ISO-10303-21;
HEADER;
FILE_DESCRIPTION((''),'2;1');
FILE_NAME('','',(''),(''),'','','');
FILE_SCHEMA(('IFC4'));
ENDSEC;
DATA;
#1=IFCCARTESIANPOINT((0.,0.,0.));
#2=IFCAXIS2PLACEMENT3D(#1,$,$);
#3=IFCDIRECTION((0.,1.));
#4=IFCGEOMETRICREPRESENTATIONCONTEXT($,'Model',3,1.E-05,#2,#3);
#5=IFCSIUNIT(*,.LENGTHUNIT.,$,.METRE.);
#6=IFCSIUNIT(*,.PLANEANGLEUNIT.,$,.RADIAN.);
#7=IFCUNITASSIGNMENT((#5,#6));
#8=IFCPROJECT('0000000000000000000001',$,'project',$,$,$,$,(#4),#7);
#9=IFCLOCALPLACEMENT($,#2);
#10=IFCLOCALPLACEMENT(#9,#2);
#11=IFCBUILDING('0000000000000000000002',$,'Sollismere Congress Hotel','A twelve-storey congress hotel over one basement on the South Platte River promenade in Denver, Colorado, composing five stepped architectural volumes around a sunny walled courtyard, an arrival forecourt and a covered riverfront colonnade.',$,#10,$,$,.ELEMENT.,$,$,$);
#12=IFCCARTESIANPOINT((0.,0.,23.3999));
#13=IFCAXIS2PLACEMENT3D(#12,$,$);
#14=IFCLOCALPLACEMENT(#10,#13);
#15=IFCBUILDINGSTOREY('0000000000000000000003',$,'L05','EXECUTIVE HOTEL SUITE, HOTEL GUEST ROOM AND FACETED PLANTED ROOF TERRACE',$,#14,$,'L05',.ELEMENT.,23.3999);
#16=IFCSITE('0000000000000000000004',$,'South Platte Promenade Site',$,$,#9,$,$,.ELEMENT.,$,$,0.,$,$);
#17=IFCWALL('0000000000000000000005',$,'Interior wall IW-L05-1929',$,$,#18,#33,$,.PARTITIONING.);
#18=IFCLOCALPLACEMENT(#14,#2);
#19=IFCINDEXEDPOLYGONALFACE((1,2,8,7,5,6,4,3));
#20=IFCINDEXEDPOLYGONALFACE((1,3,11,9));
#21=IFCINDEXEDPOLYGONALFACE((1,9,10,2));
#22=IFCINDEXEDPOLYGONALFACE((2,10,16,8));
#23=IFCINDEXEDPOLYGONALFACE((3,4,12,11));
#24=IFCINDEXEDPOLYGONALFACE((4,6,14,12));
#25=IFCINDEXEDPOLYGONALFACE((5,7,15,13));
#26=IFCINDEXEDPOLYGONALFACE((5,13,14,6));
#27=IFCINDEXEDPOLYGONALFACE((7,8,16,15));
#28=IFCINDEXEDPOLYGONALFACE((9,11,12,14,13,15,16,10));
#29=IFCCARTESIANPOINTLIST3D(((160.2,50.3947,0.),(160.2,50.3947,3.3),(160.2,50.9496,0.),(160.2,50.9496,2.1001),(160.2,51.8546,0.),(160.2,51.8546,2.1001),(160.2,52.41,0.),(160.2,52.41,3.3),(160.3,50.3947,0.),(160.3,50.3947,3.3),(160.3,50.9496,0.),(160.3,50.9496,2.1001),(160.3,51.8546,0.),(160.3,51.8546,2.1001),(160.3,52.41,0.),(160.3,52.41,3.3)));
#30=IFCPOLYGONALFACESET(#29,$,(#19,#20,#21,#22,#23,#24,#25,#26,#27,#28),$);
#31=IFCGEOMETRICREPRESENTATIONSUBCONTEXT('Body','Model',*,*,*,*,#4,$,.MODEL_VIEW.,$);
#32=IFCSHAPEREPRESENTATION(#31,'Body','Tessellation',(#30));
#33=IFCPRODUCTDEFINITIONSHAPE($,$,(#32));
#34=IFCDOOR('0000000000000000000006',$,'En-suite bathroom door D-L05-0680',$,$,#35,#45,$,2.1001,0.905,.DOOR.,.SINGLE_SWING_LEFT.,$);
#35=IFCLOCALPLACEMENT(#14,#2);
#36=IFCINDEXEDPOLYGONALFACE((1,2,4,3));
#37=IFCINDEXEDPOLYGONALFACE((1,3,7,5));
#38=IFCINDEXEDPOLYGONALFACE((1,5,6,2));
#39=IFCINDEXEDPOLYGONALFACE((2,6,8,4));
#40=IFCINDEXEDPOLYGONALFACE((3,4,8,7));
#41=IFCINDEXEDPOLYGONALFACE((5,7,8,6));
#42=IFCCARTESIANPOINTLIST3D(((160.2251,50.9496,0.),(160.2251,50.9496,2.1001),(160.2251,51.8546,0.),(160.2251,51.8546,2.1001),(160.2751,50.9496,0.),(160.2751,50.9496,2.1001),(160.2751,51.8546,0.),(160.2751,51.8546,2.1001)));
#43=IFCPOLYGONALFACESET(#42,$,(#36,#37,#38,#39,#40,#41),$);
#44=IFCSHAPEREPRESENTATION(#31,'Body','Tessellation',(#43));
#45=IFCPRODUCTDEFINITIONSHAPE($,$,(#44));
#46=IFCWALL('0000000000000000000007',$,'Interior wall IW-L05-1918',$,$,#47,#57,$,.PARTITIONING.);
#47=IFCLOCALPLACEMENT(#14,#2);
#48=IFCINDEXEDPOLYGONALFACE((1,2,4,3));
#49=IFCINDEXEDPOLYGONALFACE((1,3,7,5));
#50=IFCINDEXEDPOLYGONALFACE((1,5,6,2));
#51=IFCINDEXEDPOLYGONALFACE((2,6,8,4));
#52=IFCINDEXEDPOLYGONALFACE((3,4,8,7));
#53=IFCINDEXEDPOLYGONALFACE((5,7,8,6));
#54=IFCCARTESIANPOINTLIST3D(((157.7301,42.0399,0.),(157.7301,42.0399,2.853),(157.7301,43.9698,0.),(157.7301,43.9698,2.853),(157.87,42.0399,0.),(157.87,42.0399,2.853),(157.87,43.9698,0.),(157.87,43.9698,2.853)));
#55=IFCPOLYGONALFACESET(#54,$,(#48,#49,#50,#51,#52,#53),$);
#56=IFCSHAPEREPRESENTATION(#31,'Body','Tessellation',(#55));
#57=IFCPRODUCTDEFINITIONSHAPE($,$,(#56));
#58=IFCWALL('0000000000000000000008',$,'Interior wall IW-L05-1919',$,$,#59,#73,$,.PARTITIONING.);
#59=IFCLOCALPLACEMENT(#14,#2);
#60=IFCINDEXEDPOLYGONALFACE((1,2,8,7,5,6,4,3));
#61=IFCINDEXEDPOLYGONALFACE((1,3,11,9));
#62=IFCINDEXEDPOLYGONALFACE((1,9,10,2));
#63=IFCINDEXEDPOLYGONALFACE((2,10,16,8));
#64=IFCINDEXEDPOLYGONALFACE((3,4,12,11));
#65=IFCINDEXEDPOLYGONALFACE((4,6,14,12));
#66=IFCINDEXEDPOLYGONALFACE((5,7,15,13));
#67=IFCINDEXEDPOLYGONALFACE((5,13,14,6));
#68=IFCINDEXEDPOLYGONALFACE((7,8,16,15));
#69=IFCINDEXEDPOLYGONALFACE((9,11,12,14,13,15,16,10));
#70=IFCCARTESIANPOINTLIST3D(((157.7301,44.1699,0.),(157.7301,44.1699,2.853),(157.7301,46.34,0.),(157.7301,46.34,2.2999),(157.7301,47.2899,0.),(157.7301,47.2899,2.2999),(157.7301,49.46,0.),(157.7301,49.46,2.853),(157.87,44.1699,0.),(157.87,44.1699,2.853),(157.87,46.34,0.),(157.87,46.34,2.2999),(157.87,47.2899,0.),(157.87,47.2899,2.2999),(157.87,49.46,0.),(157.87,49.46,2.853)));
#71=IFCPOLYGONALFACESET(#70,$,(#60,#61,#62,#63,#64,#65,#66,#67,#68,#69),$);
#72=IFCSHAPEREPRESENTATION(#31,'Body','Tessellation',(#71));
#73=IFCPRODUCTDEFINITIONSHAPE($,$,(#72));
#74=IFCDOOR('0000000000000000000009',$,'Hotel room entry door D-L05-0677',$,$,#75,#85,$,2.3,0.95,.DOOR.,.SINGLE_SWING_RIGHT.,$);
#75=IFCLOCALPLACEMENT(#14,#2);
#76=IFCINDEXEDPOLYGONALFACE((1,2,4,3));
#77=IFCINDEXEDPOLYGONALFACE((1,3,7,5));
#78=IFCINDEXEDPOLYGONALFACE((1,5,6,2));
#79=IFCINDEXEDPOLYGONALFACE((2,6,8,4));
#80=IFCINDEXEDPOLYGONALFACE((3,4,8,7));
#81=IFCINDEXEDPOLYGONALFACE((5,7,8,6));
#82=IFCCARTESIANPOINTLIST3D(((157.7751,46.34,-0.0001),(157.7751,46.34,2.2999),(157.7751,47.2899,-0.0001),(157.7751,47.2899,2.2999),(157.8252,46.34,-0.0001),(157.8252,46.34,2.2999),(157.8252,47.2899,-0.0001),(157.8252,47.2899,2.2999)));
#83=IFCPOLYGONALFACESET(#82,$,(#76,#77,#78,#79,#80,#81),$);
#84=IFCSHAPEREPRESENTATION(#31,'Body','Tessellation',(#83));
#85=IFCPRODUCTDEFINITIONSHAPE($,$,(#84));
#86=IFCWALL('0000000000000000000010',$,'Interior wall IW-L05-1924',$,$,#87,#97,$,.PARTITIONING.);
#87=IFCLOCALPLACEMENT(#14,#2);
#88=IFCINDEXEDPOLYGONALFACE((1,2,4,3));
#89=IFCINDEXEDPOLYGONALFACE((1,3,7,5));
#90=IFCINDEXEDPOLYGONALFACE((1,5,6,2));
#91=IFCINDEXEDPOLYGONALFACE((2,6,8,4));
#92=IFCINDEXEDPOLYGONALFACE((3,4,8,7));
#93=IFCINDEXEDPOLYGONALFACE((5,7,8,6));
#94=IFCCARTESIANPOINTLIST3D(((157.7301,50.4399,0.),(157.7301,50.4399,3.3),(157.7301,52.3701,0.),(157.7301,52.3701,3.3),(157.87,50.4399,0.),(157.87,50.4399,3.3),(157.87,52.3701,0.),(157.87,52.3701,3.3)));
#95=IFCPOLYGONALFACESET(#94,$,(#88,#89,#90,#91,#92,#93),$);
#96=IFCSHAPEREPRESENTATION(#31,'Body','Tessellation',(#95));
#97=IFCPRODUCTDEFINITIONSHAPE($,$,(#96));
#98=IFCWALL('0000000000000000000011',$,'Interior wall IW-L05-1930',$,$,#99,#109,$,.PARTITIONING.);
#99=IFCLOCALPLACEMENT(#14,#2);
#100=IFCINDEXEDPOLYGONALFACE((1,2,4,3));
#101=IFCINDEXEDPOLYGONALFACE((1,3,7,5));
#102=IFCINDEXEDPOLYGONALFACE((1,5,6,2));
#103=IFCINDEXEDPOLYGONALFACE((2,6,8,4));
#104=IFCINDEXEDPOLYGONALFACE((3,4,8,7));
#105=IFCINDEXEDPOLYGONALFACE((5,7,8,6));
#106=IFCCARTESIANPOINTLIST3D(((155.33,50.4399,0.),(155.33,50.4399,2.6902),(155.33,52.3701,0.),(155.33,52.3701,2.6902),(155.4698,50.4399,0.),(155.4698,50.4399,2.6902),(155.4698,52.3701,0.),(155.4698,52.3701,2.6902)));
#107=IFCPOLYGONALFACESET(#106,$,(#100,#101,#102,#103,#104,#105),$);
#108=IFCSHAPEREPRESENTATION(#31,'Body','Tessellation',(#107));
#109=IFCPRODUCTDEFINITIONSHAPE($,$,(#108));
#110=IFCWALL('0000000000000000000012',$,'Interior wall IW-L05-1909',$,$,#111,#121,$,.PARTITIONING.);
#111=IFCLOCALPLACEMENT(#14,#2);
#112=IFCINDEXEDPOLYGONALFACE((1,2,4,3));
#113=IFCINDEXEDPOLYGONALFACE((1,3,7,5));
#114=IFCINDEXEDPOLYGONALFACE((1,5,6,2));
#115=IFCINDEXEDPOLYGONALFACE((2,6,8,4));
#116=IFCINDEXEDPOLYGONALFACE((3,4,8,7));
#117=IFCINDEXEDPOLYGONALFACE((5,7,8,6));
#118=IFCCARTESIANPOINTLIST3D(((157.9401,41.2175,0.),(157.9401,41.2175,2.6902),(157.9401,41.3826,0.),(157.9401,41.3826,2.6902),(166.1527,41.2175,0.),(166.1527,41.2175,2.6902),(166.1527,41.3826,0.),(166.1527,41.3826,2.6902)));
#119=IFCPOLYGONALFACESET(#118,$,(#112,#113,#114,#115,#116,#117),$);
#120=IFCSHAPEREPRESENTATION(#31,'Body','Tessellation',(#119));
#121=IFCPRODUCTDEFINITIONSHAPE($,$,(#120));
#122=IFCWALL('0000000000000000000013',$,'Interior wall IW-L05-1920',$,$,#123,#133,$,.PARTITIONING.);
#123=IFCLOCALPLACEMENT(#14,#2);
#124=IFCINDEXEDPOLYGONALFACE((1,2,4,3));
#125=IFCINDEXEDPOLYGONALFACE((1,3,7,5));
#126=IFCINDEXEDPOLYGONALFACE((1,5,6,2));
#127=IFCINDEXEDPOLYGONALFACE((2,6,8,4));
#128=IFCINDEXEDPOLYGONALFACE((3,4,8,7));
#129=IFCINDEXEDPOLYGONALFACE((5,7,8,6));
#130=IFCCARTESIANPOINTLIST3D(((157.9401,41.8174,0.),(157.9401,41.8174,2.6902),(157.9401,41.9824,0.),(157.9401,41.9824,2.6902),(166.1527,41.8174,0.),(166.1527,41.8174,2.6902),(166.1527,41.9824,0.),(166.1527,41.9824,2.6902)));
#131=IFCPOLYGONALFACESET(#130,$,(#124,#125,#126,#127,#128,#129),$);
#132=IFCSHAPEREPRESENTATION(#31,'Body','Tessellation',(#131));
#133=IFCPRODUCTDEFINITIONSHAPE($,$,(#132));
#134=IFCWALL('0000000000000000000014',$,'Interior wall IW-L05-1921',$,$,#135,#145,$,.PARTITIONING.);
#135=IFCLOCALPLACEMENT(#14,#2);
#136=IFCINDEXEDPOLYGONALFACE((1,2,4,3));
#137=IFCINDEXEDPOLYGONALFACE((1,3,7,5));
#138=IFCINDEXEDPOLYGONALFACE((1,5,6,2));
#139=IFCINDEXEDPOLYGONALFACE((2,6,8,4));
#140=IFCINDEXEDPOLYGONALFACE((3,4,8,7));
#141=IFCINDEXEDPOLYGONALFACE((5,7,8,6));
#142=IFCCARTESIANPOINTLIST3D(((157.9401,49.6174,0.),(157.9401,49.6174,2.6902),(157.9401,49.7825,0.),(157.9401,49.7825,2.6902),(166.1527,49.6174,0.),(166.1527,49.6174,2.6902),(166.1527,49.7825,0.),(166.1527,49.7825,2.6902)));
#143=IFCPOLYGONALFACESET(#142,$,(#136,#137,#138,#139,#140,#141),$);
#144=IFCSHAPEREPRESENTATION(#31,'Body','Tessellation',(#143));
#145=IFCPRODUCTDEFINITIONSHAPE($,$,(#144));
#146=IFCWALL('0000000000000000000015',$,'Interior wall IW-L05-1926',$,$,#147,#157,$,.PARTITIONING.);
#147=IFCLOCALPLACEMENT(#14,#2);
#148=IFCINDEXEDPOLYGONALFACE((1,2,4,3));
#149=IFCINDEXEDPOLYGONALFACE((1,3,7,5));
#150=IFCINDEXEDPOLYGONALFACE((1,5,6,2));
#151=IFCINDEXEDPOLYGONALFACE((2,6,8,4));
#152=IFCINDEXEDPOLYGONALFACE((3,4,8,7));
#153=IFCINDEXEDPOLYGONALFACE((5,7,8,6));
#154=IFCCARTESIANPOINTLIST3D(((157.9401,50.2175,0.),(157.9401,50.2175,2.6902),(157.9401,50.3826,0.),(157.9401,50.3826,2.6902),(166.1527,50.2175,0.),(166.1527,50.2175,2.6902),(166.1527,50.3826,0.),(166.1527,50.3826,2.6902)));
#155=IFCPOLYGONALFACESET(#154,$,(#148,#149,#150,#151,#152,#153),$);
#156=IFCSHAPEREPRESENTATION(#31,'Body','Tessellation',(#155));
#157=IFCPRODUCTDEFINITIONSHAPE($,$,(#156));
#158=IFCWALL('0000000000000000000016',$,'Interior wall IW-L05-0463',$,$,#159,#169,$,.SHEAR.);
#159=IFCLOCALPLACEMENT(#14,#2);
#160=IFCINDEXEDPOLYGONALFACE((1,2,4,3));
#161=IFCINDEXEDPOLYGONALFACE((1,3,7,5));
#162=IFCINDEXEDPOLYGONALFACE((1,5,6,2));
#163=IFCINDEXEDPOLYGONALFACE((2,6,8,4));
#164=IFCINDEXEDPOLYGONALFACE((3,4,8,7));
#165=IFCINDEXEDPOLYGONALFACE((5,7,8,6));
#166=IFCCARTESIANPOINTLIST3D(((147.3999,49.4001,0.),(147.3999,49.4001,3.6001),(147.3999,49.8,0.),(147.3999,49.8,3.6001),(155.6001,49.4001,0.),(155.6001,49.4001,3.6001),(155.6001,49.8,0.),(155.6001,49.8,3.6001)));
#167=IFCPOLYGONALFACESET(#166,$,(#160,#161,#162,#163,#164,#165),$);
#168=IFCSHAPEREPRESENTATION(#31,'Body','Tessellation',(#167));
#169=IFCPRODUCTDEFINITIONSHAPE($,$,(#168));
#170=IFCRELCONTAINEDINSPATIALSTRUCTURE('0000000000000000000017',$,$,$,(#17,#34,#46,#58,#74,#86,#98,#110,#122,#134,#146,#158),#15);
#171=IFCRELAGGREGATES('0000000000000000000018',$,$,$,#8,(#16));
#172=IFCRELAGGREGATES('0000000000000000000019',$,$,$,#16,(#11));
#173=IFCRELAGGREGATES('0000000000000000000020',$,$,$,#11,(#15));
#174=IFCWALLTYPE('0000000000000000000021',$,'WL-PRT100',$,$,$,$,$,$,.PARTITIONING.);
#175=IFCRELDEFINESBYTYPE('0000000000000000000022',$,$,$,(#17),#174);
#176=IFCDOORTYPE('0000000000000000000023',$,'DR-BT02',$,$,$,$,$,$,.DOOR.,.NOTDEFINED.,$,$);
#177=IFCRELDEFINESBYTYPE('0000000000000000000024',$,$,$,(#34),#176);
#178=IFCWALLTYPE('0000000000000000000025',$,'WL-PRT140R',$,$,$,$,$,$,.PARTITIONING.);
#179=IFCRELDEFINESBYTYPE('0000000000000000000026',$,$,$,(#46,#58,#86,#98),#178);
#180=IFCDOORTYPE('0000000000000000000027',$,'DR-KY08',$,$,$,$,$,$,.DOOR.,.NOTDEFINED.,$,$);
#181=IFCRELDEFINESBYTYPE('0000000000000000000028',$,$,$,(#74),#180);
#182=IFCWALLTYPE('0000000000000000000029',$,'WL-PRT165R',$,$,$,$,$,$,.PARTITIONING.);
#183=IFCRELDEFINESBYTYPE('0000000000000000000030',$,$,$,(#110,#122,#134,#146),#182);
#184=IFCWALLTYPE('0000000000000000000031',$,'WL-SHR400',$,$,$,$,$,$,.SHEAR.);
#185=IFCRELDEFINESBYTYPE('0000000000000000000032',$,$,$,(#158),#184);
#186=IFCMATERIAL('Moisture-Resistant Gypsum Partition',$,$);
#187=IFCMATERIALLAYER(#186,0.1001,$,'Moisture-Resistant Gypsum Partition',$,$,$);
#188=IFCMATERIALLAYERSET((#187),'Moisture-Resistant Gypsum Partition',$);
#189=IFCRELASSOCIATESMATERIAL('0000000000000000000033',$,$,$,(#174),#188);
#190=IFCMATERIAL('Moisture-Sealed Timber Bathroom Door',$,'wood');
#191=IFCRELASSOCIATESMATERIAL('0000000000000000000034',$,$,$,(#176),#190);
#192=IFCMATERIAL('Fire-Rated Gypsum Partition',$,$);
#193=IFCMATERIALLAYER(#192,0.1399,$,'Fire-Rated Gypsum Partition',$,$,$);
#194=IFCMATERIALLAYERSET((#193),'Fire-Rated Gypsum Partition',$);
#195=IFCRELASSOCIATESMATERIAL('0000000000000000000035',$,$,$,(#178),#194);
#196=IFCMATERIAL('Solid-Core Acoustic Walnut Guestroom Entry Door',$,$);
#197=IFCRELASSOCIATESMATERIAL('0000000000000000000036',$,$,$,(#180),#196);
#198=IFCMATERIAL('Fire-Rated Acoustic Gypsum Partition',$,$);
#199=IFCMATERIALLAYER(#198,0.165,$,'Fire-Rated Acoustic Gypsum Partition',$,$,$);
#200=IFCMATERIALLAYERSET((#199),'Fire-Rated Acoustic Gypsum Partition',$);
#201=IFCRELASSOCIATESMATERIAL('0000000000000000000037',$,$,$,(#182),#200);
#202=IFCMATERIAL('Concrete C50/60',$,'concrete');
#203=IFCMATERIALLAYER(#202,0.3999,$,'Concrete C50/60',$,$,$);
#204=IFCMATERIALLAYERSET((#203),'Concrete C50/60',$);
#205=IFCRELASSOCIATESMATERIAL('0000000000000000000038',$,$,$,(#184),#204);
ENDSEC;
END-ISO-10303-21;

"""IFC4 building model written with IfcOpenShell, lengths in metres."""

from ifc_helpers import new_model, si_unit, direction, frame, frame_2d, origin, place, context, subcontext, project, spatial, rectangle, extrude, material, layer, layer_set, type_object, element, fill, save


model = new_model("IFC4")

# Units and contexts
model_context = context("Model", 3, precision=1e-05, world=origin(), true_north=direction((0.0, 1.0)))
body_context = subcontext(model_context, "Body", "Model", "MODEL_VIEW")
ifc_project = project(units=[si_unit("LENGTHUNIT", "METRE"), si_unit("PLANEANGLEUNIT", "RADIAN")], contexts=[model_context])

# Site, building, storey
site_placement = place(None, origin())
site = spatial("IfcSite", under=ifc_project, at=site_placement, Name="South Platte Promenade Site", CompositionType="ELEMENT", RefElevation=0.0)
building_placement = place(site_placement, origin())
building = spatial("IfcBuilding", under=site, at=building_placement, Name="Sollismere Congress Hotel", Description="A twelve-storey congress hotel over one basement on the South Platte River promenade in Denver, Colorado, composing five stepped architectural volumes around a sunny walled courtyard, an arrival forecourt and a covered riverfront colonnade.", CompositionType="ELEMENT")
storey_placement = place(building_placement, frame((0.0, 0.0, 23.3999)))
storey = spatial("IfcBuildingStorey", under=building, at=storey_placement, Name="L05", Description="EXECUTIVE HOTEL SUITE, HOTEL GUEST ROOM AND FACETED PLANTED ROOF TERRACE", LongName="L05", CompositionType="ELEMENT", Elevation=23.3999)

# Wall, opening, door
ifc_material_1 = material(Name="Moisture-Resistant Gypsum Partition")
ifc_layer_1 = layer(ifc_material_1, 0.1001, Name="Moisture-Resistant Gypsum Partition")
ifc_layer_set_1 = layer_set([ifc_layer_1], Name="Moisture-Resistant Gypsum Partition")
wall_type_1 = type_object("IfcWallType", Name="WL-PRT100", PredefinedType="PARTITIONING", material=ifc_layer_set_1)
ifc_material_2 = material(Name="Moisture-Sealed Timber Bathroom Door", Category="wood")
wall_1_placement = place(storey_placement, frame((160.25, 50.3945, 0.0), z_axis=(0.0, 0.0, 1.0), x_axis=(0.0, 1.0, 0.0)))
wall_1 = element("IfcWall", 1, at=wall_1_placement, inside=storey, type_object=wall_type_1, Name="Interior wall IW-L05-1929", PredefinedType="PARTITIONING", context=body_context, shape_type="SweptSolid", body=[
    extrude(rectangle(XDim=2.0154, YDim=0.1001, at=frame_2d((1.0078, 0.0))), origin(), (0.0, 0.0, 1.0), 3.3),
])
opening_1_placement = place(wall_1_placement, frame((0.5549, 0.0, 0.0)))
opening_1 = element("IfcOpeningElement", 2, at=opening_1_placement, cuts=wall_1, PredefinedType="OPENING", context=body_context, shape_type="SweptSolid", body=[
    extrude(rectangle(XDim=0.905, YDim=2.1001, at=frame_2d((0.4526, 1.05))), frame((0.0, 0.0601, 0.0), z_axis=(0.0, -1.0, 0.0), x_axis=(1.0, 0.0, 0.0)), (0.0, 0.0, 1.0), 0.1201),
])
door_type_1 = type_object("IfcDoorType", Name="DR-BT02", OperationType="NOTDEFINED", PredefinedType="DOOR", material=ifc_material_2)
door_1_placement = place(opening_1_placement, origin())
door_1 = element("IfcDoor", 3, at=door_1_placement, inside=storey, type_object=door_type_1, Name="En-suite bathroom door D-L05-0680", OperationType="SINGLE_SWING_LEFT", OverallHeight=2.1001, OverallWidth=0.905, PredefinedType="DOOR", context=body_context, shape_type="SweptSolid", body=[
    extrude(rectangle(XDim=0.905, YDim=2.1001, at=frame_2d((0.4526, 1.05))), frame((0.0, 0.0249, 0.0), z_axis=(0.0, -1.0, 0.0), x_axis=(1.0, 0.0, 0.0)), (0.0, 0.0, 1.0), 0.05),
])
fill(opening_1, door_1)

# Wall
ifc_material_3 = material(Name="Fire-Rated Gypsum Partition")
ifc_layer_2 = layer(ifc_material_3, 0.1399, Name="Fire-Rated Gypsum Partition")
ifc_layer_set_2 = layer_set([ifc_layer_2], Name="Fire-Rated Gypsum Partition")
wall_type_2 = type_object("IfcWallType", Name="WL-PRT140R", PredefinedType="PARTITIONING", material=ifc_layer_set_2)
wall_2_placement = place(storey_placement, frame((157.8, 42.04, 0.0), z_axis=(0.0, 0.0, 1.0), x_axis=(0.0, 1.0, 0.0)))
element("IfcWall", 4, at=wall_2_placement, inside=storey, type_object=wall_type_2, Name="Interior wall IW-L05-1918", PredefinedType="PARTITIONING", context=body_context, shape_type="SweptSolid", body=[
    extrude(rectangle(XDim=1.9299, YDim=0.1399, at=frame_2d((0.9648, 0.0))), origin(), (0.0, 0.0, 1.0), 2.853),
])

# Wall, opening, door
wall_3_placement = place(storey_placement, frame((157.8, 44.1699, 0.0), z_axis=(0.0, 0.0, 1.0), x_axis=(0.0, 1.0, 0.0)))
wall_3 = element("IfcWall", 5, at=wall_3_placement, inside=storey, type_object=wall_type_2, Name="Interior wall IW-L05-1919", PredefinedType="PARTITIONING", context=body_context, shape_type="SweptSolid", body=[
    extrude(rectangle(XDim=5.29, YDim=0.1399, at=frame_2d((2.645, 0.0))), origin(), (0.0, 0.0, 1.0), 2.853),
])
opening_2_placement = place(wall_3_placement, frame((2.1699, 0.0, 0.0)))
opening_2 = element("IfcOpeningElement", 6, at=opening_2_placement, cuts=wall_3, PredefinedType="OPENING", context=body_context, shape_type="SweptSolid", body=[
    extrude(rectangle(XDim=0.95, YDim=2.3, at=frame_2d((0.4751, 1.1499))), frame((0.0, 0.0798, 0.0), z_axis=(0.0, -1.0, 0.0), x_axis=(1.0, 0.0, 0.0)), (0.0, 0.0, 1.0), 0.1599),
])
ifc_material_4 = material(Name="Solid-Core Acoustic Walnut Guestroom Entry Door")
door_type_2 = type_object("IfcDoorType", Name="DR-KY08", OperationType="NOTDEFINED", PredefinedType="DOOR", material=ifc_material_4)
door_2_placement = place(opening_2_placement, origin())
door_2 = element("IfcDoor", 7, at=door_2_placement, inside=storey, type_object=door_type_2, Name="Hotel room entry door D-L05-0677", OperationType="SINGLE_SWING_RIGHT", OverallHeight=2.3, OverallWidth=0.95, PredefinedType="DOOR", context=body_context, shape_type="SweptSolid", body=[
    extrude(rectangle(XDim=0.95, YDim=2.3, at=frame_2d((0.4751, 1.1499))), frame((0.0, 0.0249, 0.0), z_axis=(0.0, -1.0, 0.0), x_axis=(1.0, 0.0, 0.0)), (0.0, 0.0, 1.0), 0.05),
])
fill(opening_2, door_2)

# Walls
wall_4_placement = place(storey_placement, frame((157.8, 50.4399, 0.0), z_axis=(0.0, 0.0, 1.0), x_axis=(0.0, 1.0, 0.0)))
element("IfcWall", 8, at=wall_4_placement, inside=storey, type_object=wall_type_2, Name="Interior wall IW-L05-1924", PredefinedType="PARTITIONING", context=body_context, shape_type="SweptSolid", body=[
    extrude(rectangle(XDim=1.9302, YDim=0.1399, at=frame_2d((0.9651, 0.0))), origin(), (0.0, 0.0, 1.0), 3.3),
])
wall_5_placement = place(storey_placement, frame((155.3999, 50.4399, 0.0), z_axis=(0.0, 0.0, 1.0), x_axis=(0.0, 1.0, 0.0)))
element("IfcWall", 9, at=wall_5_placement, inside=storey, type_object=wall_type_2, Name="Interior wall IW-L05-1930", PredefinedType="PARTITIONING", context=body_context, shape_type="SweptSolid", body=[
    extrude(rectangle(XDim=1.9302, YDim=0.1399, at=frame_2d((0.9651, 0.0))), origin(), (0.0, 0.0, 1.0), 2.6902),
])
ifc_material_5 = material(Name="Fire-Rated Acoustic Gypsum Partition")
ifc_layer_3 = layer(ifc_material_5, 0.165, Name="Fire-Rated Acoustic Gypsum Partition")
ifc_layer_set_3 = layer_set([ifc_layer_3], Name="Fire-Rated Acoustic Gypsum Partition")
wall_type_3 = type_object("IfcWallType", Name="WL-PRT165R", PredefinedType="PARTITIONING", material=ifc_layer_set_3)
for number, where, z_axis, x_axis, name in (
    (10, (157.9399, 41.3, 0.0), (0.0, 0.0, 1.0), (1.0, 0.0, 0.0), "Interior wall IW-L05-1909"),
    (11, (157.9399, 41.8999, 0.0), (0.0, 0.0, 1.0), (1.0, 0.0, 0.0), "Interior wall IW-L05-1920"),
    (12, (157.9399, 49.7, 0.0), (0.0, 0.0, 1.0), (1.0, 0.0, 0.0), "Interior wall IW-L05-1921"),
    (13, (157.9399, 50.3, 0.0), (0.0, 0.0, 1.0), (1.0, 0.0, 0.0), "Interior wall IW-L05-1926"),
):
    element("IfcWall", number, at=place(storey_placement, frame(where, z_axis=z_axis, x_axis=x_axis)), inside=storey, type_object=wall_type_3, Name=name, PredefinedType="PARTITIONING", context=body_context, shape_type="SweptSolid", body=[
        extrude(rectangle(XDim=8.2126, YDim=0.165, at=frame_2d((4.1064, 0.0))), origin(), (0.0, 0.0, 1.0), 2.6902),
    ])
ifc_material_6 = material(Name="Concrete C50/60", Category="concrete")
ifc_layer_4 = layer(ifc_material_6, 0.3999, Name="Concrete C50/60")
ifc_layer_set_4 = layer_set([ifc_layer_4], Name="Concrete C50/60")
wall_type_4 = type_object("IfcWallType", Name="WL-SHR400", PredefinedType="SHEAR", material=ifc_layer_set_4)
wall_6_placement = place(storey_placement, frame((155.6001, 49.6001, 0.0), z_axis=(0.0, 0.0, 1.0), x_axis=(-1.0, 0.0, 0.0)))
element("IfcWall", 14, at=wall_6_placement, inside=storey, type_object=wall_type_4, Name="Interior wall IW-L05-0463", PredefinedType="SHEAR", context=body_context, shape_type="SweptSolid", body=[
    extrude(rectangle(XDim=8.2002, YDim=0.3999, at=frame_2d((4.1001, 0.0))), origin(), (0.0, 0.0, 1.0), 3.6001),
])

save(model, "model.ifc")
